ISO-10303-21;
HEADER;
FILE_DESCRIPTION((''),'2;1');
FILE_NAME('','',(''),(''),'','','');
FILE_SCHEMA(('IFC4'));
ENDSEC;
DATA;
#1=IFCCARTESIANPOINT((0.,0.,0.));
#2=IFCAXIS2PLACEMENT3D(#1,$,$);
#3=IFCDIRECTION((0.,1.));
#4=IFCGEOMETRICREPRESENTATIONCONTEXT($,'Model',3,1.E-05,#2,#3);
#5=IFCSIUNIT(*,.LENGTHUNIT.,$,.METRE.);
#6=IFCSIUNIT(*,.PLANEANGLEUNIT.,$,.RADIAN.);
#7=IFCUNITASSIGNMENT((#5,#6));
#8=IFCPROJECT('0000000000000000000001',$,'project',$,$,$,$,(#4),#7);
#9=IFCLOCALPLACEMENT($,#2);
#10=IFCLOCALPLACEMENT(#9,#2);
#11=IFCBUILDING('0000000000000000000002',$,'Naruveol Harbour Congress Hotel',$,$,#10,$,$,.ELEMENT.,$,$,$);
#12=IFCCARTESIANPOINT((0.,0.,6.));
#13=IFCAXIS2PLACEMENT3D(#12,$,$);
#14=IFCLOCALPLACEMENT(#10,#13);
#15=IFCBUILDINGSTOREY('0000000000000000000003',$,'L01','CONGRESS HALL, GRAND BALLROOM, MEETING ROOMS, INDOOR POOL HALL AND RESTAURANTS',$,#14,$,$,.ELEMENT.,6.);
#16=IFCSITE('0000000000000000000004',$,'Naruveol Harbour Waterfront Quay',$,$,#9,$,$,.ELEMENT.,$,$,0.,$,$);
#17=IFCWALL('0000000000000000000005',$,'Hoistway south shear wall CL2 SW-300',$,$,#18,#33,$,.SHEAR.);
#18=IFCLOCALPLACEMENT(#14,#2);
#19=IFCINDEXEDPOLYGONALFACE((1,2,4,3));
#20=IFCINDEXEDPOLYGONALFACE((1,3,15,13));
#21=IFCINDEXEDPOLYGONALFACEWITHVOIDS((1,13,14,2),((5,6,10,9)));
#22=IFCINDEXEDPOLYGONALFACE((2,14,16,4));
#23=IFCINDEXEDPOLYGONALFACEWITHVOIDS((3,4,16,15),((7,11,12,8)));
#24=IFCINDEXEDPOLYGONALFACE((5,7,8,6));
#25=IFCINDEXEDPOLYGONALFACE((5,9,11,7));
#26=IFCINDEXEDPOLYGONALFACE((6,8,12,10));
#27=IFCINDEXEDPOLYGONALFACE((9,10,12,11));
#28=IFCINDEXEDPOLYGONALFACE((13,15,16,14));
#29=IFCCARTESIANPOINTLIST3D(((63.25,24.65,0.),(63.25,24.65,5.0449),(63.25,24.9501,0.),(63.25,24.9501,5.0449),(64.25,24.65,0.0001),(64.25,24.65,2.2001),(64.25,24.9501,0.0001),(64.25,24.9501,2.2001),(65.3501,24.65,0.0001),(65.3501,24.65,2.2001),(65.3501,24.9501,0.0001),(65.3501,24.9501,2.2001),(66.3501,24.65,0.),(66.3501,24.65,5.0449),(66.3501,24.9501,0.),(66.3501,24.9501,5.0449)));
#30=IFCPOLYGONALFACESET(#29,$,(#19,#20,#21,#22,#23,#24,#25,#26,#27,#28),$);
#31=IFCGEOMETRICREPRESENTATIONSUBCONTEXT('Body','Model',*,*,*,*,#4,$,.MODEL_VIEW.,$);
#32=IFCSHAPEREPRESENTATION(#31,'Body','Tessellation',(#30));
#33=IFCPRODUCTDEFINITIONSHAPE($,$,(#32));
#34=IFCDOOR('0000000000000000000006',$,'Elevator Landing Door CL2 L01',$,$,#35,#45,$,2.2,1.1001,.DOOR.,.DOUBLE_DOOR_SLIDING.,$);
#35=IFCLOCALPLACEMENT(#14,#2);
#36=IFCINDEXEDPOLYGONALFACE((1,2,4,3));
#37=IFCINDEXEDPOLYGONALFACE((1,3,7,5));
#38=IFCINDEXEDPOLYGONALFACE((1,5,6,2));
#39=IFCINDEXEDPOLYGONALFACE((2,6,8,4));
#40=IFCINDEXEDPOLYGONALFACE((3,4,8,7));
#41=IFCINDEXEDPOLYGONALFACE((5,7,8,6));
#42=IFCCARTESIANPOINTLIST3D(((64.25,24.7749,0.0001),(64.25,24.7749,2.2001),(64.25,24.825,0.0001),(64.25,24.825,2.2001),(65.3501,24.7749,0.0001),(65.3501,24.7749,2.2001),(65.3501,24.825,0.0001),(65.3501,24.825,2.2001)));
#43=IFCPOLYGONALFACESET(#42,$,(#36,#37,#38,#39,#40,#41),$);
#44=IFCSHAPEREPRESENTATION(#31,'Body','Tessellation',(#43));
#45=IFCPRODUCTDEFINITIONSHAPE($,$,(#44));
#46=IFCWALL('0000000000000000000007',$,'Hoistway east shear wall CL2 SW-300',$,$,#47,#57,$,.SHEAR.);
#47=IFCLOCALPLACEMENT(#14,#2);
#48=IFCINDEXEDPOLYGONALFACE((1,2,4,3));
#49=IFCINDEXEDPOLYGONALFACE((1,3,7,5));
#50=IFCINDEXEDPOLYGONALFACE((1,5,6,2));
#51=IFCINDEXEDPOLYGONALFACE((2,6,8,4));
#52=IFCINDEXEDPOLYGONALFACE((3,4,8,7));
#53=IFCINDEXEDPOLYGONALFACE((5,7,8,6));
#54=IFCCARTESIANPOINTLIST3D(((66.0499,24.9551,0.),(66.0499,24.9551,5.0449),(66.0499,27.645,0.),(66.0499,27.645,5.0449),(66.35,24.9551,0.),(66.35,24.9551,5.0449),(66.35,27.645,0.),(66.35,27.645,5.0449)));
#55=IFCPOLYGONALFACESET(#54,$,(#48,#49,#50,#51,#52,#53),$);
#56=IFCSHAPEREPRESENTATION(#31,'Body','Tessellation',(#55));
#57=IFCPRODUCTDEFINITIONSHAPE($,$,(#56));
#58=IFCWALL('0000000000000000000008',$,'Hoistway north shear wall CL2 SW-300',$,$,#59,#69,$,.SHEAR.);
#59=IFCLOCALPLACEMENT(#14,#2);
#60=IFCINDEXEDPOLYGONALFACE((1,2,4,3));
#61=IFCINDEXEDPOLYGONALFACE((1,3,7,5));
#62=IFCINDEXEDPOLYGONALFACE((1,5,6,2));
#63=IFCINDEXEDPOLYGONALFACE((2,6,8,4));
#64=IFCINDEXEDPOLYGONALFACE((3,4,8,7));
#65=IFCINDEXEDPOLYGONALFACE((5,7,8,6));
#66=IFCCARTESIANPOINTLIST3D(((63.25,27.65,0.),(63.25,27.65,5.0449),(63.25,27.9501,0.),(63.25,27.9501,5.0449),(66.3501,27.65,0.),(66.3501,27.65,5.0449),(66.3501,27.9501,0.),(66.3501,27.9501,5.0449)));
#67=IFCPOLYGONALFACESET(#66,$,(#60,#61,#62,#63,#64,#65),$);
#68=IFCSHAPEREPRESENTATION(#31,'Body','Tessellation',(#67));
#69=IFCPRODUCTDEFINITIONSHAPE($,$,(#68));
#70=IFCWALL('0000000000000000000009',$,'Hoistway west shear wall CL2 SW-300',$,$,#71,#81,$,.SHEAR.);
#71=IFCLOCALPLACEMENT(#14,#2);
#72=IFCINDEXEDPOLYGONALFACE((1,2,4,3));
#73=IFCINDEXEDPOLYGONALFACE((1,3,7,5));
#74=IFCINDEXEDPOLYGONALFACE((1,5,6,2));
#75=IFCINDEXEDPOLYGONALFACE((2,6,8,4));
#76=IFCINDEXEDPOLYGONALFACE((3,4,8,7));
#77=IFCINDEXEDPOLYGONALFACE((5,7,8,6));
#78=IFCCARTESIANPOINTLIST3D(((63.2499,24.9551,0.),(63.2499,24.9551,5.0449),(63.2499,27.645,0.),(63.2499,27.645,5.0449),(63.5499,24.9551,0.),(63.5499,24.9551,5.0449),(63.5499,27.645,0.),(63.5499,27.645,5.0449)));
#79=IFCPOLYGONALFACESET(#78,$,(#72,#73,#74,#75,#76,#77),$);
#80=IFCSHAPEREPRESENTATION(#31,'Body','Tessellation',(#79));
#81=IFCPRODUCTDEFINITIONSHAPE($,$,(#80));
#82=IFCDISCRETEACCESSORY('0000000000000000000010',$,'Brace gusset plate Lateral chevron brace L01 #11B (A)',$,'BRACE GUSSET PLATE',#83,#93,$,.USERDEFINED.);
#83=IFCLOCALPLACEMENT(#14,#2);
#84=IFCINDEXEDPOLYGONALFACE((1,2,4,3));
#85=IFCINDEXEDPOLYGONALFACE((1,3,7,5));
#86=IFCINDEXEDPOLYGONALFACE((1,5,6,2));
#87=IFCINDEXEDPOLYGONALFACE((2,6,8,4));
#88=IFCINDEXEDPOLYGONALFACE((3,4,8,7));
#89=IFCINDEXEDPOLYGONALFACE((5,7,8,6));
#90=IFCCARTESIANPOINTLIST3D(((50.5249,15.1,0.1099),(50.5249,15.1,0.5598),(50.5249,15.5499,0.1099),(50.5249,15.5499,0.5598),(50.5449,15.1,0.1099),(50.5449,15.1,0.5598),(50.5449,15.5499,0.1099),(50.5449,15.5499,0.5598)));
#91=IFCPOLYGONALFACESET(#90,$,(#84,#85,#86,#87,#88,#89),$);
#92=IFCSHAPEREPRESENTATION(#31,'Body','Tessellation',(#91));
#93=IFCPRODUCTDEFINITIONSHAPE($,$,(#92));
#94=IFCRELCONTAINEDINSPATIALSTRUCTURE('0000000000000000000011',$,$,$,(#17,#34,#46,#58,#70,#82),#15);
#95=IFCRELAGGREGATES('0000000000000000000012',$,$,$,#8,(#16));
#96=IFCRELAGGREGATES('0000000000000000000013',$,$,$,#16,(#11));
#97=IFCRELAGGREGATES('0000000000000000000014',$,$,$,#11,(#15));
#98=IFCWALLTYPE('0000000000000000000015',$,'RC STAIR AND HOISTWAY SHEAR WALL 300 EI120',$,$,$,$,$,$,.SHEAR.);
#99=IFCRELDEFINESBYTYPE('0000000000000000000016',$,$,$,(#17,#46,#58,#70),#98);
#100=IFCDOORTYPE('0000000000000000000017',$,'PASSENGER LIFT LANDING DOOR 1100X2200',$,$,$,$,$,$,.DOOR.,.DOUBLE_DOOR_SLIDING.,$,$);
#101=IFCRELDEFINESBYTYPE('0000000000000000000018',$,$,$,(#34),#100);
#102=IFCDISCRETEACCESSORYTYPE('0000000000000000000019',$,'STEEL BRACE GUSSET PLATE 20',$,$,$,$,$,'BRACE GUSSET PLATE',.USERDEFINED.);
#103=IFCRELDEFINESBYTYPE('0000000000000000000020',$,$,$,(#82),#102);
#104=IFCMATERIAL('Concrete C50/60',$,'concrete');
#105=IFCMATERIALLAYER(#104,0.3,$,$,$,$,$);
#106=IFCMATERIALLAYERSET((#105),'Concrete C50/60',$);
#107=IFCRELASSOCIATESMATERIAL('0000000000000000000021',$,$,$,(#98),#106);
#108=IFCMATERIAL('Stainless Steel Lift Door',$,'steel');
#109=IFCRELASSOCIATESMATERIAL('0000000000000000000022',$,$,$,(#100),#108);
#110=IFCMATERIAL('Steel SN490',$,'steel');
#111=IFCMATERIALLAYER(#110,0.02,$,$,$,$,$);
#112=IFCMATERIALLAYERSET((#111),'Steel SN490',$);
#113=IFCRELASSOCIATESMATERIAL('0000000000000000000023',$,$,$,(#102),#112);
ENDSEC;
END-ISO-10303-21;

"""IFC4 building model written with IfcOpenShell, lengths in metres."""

from ifc_helpers import new_model, si_unit, direction, frame, frame_2d, origin, origin_2d, place, context, subcontext, project, spatial, rectangle, extrude, material, layer, layer_set, type_object, element, fill, save


model = new_model("IFC4")

# Units and contexts
model_context = context("Model", 3, precision=1e-05, world=origin(), true_north=direction((0.0, 1.0)))
body_context = subcontext(model_context, "Body", "Model", "MODEL_VIEW")
ifc_project = project(units=[si_unit("LENGTHUNIT", "METRE"), si_unit("PLANEANGLEUNIT", "RADIAN")], contexts=[model_context])

# Site, building, storey
site_placement = place(None, origin())
site = spatial("IfcSite", under=ifc_project, at=site_placement, Name="Naruveol Harbour Waterfront Quay", CompositionType="ELEMENT", RefElevation=0.0)
building_placement = place(site_placement, origin())
building = spatial("IfcBuilding", under=site, at=building_placement, Name="Naruveol Harbour Congress Hotel", CompositionType="ELEMENT")
storey_placement = place(building_placement, frame((0.0, 0.0, 6.0)))
storey = spatial("IfcBuildingStorey", under=building, at=storey_placement, Name="L01", Description="CONGRESS HALL, GRAND BALLROOM, MEETING ROOMS, INDOOR POOL HALL AND RESTAURANTS", CompositionType="ELEMENT", Elevation=6.0)

# Shared definitions
ifc_material_1 = material(Name="Concrete C50/60", Category="concrete")
ifc_layer_1 = layer(ifc_material_1, 0.3)
ifc_layer_set_1 = layer_set([ifc_layer_1], Name="Concrete C50/60")
wall_type_1 = type_object("IfcWallType", Name="RC STAIR AND HOISTWAY SHEAR WALL 300 EI120", PredefinedType="SHEAR", material=ifc_layer_set_1)
ifc_material_2 = material(Name="Stainless Steel Lift Door", Category="steel")
door_type_1 = type_object("IfcDoorType", Name="PASSENGER LIFT LANDING DOOR 1100X2200", OperationType="DOUBLE_DOOR_SLIDING", PredefinedType="DOOR", material=ifc_material_2)

# Wall, opening, door
wall_1_placement = place(storey_placement, frame((63.25, 24.8, 0.0), z_axis=(0.0, 0.0, 1.0), x_axis=(1.0, 0.0, 0.0)))
wall_1 = element("IfcWall", 1, at=wall_1_placement, inside=storey, type_object=wall_type_1, Name="Hoistway south shear wall CL2 SW-300", PredefinedType="SHEAR", context=body_context, shape_type="SweptSolid", body=[
    extrude(rectangle(XDim=3.1001, YDim=0.3, at=frame_2d((1.55, 0.0))), origin(), (0.0, 0.0, 1.0), 5.0449),
])
opening_1_placement = place(wall_1_placement, frame((1.0, 0.0, 0.0)))
opening_1 = element("IfcOpeningElement", 2, at=opening_1_placement, cuts=wall_1, PredefinedType="OPENING", context=body_context, shape_type="SweptSolid", body=[
    extrude(rectangle(XDim=1.1001, YDim=2.2, at=frame_2d((0.55, 1.1001))), frame((0.0, 0.1599, 0.0), z_axis=(0.0, -1.0, 0.0), x_axis=(1.0, 0.0, 0.0)), (0.0, 0.0, 1.0), 0.3201),
])
door_1_placement = place(opening_1_placement, origin())
door_1 = element("IfcDoor", 3, at=door_1_placement, inside=storey, type_object=door_type_1, Name="Elevator Landing Door CL2 L01", OperationType="DOUBLE_DOOR_SLIDING", OverallHeight=2.2, OverallWidth=1.1001, PredefinedType="DOOR", context=body_context, shape_type="SweptSolid", body=[
    extrude(rectangle(XDim=1.1001, YDim=2.2, at=frame_2d((0.55, 1.1001))), frame((0.0, 0.0249, 0.0), z_axis=(0.0, -1.0, 0.0), x_axis=(1.0, 0.0, 0.0)), (0.0, 0.0, 1.0), 0.05),
])
fill(opening_1, door_1)

# Walls
wall_2_placement = place(storey_placement, frame((66.2, 24.9551, 0.0), z_axis=(0.0, 0.0, 1.0), x_axis=(0.0, 1.0, 0.0)))
element("IfcWall", 4, at=wall_2_placement, inside=storey, type_object=wall_type_1, Name="Hoistway east shear wall CL2 SW-300", PredefinedType="SHEAR", context=body_context, shape_type="SweptSolid", body=[
    extrude(rectangle(XDim=2.6899, YDim=0.3, at=frame_2d((1.345, 0.0))), origin(), (0.0, 0.0, 1.0), 5.0449),
])
wall_3_placement = place(storey_placement, frame((66.3501, 27.8, 0.0), z_axis=(0.0, 0.0, 1.0), x_axis=(-1.0, 0.0, 0.0)))
element("IfcWall", 5, at=wall_3_placement, inside=storey, type_object=wall_type_1, Name="Hoistway north shear wall CL2 SW-300", PredefinedType="SHEAR", context=body_context, shape_type="SweptSolid", body=[
    extrude(rectangle(XDim=3.1001, YDim=0.3, at=frame_2d((1.55, 0.0))), origin(), (0.0, 0.0, 1.0), 5.0449),
])
wall_4_placement = place(storey_placement, frame((63.3999, 27.645, 0.0), z_axis=(0.0, 0.0, 1.0), x_axis=(0.0, -1.0, 0.0)))
element("IfcWall", 6, at=wall_4_placement, inside=storey, type_object=wall_type_1, Name="Hoistway west shear wall CL2 SW-300", PredefinedType="SHEAR", context=body_context, shape_type="SweptSolid", body=[
    extrude(rectangle(XDim=2.6899, YDim=0.3, at=frame_2d((1.345, 0.0))), origin(), (0.0, 0.0, 1.0), 5.0449),
])

# Discrete accessory
ifc_material_3 = material(Name="Steel SN490", Category="steel")
ifc_layer_2 = layer(ifc_material_3, 0.02)
ifc_layer_set_2 = layer_set([ifc_layer_2], Name="Steel SN490")
discrete_accessory_type = type_object("IfcDiscreteAccessoryType", Name="STEEL BRACE GUSSET PLATE 20", ElementType="BRACE GUSSET PLATE", PredefinedType="USERDEFINED", material=ifc_layer_set_2)
discrete_accessory_placement = place(storey_placement, frame((50.5349, 15.325, 0.1099), z_axis=(0.0, 0.0, 1.0), x_axis=(0.0, -1.0, 0.0)))
element("IfcDiscreteAccessory", 7, at=discrete_accessory_placement, inside=storey, type_object=discrete_accessory_type, Name="Brace gusset plate Lateral chevron brace L01 #11B (A)", ObjectType="BRACE GUSSET PLATE", PredefinedType="USERDEFINED", context=body_context, shape_type="SweptSolid", body=[
    extrude(rectangle(XDim=0.45, YDim=0.02, at=origin_2d()), origin(), (0.0, 0.0, 1.0), 0.45),
])

save(model, "model.ifc")
